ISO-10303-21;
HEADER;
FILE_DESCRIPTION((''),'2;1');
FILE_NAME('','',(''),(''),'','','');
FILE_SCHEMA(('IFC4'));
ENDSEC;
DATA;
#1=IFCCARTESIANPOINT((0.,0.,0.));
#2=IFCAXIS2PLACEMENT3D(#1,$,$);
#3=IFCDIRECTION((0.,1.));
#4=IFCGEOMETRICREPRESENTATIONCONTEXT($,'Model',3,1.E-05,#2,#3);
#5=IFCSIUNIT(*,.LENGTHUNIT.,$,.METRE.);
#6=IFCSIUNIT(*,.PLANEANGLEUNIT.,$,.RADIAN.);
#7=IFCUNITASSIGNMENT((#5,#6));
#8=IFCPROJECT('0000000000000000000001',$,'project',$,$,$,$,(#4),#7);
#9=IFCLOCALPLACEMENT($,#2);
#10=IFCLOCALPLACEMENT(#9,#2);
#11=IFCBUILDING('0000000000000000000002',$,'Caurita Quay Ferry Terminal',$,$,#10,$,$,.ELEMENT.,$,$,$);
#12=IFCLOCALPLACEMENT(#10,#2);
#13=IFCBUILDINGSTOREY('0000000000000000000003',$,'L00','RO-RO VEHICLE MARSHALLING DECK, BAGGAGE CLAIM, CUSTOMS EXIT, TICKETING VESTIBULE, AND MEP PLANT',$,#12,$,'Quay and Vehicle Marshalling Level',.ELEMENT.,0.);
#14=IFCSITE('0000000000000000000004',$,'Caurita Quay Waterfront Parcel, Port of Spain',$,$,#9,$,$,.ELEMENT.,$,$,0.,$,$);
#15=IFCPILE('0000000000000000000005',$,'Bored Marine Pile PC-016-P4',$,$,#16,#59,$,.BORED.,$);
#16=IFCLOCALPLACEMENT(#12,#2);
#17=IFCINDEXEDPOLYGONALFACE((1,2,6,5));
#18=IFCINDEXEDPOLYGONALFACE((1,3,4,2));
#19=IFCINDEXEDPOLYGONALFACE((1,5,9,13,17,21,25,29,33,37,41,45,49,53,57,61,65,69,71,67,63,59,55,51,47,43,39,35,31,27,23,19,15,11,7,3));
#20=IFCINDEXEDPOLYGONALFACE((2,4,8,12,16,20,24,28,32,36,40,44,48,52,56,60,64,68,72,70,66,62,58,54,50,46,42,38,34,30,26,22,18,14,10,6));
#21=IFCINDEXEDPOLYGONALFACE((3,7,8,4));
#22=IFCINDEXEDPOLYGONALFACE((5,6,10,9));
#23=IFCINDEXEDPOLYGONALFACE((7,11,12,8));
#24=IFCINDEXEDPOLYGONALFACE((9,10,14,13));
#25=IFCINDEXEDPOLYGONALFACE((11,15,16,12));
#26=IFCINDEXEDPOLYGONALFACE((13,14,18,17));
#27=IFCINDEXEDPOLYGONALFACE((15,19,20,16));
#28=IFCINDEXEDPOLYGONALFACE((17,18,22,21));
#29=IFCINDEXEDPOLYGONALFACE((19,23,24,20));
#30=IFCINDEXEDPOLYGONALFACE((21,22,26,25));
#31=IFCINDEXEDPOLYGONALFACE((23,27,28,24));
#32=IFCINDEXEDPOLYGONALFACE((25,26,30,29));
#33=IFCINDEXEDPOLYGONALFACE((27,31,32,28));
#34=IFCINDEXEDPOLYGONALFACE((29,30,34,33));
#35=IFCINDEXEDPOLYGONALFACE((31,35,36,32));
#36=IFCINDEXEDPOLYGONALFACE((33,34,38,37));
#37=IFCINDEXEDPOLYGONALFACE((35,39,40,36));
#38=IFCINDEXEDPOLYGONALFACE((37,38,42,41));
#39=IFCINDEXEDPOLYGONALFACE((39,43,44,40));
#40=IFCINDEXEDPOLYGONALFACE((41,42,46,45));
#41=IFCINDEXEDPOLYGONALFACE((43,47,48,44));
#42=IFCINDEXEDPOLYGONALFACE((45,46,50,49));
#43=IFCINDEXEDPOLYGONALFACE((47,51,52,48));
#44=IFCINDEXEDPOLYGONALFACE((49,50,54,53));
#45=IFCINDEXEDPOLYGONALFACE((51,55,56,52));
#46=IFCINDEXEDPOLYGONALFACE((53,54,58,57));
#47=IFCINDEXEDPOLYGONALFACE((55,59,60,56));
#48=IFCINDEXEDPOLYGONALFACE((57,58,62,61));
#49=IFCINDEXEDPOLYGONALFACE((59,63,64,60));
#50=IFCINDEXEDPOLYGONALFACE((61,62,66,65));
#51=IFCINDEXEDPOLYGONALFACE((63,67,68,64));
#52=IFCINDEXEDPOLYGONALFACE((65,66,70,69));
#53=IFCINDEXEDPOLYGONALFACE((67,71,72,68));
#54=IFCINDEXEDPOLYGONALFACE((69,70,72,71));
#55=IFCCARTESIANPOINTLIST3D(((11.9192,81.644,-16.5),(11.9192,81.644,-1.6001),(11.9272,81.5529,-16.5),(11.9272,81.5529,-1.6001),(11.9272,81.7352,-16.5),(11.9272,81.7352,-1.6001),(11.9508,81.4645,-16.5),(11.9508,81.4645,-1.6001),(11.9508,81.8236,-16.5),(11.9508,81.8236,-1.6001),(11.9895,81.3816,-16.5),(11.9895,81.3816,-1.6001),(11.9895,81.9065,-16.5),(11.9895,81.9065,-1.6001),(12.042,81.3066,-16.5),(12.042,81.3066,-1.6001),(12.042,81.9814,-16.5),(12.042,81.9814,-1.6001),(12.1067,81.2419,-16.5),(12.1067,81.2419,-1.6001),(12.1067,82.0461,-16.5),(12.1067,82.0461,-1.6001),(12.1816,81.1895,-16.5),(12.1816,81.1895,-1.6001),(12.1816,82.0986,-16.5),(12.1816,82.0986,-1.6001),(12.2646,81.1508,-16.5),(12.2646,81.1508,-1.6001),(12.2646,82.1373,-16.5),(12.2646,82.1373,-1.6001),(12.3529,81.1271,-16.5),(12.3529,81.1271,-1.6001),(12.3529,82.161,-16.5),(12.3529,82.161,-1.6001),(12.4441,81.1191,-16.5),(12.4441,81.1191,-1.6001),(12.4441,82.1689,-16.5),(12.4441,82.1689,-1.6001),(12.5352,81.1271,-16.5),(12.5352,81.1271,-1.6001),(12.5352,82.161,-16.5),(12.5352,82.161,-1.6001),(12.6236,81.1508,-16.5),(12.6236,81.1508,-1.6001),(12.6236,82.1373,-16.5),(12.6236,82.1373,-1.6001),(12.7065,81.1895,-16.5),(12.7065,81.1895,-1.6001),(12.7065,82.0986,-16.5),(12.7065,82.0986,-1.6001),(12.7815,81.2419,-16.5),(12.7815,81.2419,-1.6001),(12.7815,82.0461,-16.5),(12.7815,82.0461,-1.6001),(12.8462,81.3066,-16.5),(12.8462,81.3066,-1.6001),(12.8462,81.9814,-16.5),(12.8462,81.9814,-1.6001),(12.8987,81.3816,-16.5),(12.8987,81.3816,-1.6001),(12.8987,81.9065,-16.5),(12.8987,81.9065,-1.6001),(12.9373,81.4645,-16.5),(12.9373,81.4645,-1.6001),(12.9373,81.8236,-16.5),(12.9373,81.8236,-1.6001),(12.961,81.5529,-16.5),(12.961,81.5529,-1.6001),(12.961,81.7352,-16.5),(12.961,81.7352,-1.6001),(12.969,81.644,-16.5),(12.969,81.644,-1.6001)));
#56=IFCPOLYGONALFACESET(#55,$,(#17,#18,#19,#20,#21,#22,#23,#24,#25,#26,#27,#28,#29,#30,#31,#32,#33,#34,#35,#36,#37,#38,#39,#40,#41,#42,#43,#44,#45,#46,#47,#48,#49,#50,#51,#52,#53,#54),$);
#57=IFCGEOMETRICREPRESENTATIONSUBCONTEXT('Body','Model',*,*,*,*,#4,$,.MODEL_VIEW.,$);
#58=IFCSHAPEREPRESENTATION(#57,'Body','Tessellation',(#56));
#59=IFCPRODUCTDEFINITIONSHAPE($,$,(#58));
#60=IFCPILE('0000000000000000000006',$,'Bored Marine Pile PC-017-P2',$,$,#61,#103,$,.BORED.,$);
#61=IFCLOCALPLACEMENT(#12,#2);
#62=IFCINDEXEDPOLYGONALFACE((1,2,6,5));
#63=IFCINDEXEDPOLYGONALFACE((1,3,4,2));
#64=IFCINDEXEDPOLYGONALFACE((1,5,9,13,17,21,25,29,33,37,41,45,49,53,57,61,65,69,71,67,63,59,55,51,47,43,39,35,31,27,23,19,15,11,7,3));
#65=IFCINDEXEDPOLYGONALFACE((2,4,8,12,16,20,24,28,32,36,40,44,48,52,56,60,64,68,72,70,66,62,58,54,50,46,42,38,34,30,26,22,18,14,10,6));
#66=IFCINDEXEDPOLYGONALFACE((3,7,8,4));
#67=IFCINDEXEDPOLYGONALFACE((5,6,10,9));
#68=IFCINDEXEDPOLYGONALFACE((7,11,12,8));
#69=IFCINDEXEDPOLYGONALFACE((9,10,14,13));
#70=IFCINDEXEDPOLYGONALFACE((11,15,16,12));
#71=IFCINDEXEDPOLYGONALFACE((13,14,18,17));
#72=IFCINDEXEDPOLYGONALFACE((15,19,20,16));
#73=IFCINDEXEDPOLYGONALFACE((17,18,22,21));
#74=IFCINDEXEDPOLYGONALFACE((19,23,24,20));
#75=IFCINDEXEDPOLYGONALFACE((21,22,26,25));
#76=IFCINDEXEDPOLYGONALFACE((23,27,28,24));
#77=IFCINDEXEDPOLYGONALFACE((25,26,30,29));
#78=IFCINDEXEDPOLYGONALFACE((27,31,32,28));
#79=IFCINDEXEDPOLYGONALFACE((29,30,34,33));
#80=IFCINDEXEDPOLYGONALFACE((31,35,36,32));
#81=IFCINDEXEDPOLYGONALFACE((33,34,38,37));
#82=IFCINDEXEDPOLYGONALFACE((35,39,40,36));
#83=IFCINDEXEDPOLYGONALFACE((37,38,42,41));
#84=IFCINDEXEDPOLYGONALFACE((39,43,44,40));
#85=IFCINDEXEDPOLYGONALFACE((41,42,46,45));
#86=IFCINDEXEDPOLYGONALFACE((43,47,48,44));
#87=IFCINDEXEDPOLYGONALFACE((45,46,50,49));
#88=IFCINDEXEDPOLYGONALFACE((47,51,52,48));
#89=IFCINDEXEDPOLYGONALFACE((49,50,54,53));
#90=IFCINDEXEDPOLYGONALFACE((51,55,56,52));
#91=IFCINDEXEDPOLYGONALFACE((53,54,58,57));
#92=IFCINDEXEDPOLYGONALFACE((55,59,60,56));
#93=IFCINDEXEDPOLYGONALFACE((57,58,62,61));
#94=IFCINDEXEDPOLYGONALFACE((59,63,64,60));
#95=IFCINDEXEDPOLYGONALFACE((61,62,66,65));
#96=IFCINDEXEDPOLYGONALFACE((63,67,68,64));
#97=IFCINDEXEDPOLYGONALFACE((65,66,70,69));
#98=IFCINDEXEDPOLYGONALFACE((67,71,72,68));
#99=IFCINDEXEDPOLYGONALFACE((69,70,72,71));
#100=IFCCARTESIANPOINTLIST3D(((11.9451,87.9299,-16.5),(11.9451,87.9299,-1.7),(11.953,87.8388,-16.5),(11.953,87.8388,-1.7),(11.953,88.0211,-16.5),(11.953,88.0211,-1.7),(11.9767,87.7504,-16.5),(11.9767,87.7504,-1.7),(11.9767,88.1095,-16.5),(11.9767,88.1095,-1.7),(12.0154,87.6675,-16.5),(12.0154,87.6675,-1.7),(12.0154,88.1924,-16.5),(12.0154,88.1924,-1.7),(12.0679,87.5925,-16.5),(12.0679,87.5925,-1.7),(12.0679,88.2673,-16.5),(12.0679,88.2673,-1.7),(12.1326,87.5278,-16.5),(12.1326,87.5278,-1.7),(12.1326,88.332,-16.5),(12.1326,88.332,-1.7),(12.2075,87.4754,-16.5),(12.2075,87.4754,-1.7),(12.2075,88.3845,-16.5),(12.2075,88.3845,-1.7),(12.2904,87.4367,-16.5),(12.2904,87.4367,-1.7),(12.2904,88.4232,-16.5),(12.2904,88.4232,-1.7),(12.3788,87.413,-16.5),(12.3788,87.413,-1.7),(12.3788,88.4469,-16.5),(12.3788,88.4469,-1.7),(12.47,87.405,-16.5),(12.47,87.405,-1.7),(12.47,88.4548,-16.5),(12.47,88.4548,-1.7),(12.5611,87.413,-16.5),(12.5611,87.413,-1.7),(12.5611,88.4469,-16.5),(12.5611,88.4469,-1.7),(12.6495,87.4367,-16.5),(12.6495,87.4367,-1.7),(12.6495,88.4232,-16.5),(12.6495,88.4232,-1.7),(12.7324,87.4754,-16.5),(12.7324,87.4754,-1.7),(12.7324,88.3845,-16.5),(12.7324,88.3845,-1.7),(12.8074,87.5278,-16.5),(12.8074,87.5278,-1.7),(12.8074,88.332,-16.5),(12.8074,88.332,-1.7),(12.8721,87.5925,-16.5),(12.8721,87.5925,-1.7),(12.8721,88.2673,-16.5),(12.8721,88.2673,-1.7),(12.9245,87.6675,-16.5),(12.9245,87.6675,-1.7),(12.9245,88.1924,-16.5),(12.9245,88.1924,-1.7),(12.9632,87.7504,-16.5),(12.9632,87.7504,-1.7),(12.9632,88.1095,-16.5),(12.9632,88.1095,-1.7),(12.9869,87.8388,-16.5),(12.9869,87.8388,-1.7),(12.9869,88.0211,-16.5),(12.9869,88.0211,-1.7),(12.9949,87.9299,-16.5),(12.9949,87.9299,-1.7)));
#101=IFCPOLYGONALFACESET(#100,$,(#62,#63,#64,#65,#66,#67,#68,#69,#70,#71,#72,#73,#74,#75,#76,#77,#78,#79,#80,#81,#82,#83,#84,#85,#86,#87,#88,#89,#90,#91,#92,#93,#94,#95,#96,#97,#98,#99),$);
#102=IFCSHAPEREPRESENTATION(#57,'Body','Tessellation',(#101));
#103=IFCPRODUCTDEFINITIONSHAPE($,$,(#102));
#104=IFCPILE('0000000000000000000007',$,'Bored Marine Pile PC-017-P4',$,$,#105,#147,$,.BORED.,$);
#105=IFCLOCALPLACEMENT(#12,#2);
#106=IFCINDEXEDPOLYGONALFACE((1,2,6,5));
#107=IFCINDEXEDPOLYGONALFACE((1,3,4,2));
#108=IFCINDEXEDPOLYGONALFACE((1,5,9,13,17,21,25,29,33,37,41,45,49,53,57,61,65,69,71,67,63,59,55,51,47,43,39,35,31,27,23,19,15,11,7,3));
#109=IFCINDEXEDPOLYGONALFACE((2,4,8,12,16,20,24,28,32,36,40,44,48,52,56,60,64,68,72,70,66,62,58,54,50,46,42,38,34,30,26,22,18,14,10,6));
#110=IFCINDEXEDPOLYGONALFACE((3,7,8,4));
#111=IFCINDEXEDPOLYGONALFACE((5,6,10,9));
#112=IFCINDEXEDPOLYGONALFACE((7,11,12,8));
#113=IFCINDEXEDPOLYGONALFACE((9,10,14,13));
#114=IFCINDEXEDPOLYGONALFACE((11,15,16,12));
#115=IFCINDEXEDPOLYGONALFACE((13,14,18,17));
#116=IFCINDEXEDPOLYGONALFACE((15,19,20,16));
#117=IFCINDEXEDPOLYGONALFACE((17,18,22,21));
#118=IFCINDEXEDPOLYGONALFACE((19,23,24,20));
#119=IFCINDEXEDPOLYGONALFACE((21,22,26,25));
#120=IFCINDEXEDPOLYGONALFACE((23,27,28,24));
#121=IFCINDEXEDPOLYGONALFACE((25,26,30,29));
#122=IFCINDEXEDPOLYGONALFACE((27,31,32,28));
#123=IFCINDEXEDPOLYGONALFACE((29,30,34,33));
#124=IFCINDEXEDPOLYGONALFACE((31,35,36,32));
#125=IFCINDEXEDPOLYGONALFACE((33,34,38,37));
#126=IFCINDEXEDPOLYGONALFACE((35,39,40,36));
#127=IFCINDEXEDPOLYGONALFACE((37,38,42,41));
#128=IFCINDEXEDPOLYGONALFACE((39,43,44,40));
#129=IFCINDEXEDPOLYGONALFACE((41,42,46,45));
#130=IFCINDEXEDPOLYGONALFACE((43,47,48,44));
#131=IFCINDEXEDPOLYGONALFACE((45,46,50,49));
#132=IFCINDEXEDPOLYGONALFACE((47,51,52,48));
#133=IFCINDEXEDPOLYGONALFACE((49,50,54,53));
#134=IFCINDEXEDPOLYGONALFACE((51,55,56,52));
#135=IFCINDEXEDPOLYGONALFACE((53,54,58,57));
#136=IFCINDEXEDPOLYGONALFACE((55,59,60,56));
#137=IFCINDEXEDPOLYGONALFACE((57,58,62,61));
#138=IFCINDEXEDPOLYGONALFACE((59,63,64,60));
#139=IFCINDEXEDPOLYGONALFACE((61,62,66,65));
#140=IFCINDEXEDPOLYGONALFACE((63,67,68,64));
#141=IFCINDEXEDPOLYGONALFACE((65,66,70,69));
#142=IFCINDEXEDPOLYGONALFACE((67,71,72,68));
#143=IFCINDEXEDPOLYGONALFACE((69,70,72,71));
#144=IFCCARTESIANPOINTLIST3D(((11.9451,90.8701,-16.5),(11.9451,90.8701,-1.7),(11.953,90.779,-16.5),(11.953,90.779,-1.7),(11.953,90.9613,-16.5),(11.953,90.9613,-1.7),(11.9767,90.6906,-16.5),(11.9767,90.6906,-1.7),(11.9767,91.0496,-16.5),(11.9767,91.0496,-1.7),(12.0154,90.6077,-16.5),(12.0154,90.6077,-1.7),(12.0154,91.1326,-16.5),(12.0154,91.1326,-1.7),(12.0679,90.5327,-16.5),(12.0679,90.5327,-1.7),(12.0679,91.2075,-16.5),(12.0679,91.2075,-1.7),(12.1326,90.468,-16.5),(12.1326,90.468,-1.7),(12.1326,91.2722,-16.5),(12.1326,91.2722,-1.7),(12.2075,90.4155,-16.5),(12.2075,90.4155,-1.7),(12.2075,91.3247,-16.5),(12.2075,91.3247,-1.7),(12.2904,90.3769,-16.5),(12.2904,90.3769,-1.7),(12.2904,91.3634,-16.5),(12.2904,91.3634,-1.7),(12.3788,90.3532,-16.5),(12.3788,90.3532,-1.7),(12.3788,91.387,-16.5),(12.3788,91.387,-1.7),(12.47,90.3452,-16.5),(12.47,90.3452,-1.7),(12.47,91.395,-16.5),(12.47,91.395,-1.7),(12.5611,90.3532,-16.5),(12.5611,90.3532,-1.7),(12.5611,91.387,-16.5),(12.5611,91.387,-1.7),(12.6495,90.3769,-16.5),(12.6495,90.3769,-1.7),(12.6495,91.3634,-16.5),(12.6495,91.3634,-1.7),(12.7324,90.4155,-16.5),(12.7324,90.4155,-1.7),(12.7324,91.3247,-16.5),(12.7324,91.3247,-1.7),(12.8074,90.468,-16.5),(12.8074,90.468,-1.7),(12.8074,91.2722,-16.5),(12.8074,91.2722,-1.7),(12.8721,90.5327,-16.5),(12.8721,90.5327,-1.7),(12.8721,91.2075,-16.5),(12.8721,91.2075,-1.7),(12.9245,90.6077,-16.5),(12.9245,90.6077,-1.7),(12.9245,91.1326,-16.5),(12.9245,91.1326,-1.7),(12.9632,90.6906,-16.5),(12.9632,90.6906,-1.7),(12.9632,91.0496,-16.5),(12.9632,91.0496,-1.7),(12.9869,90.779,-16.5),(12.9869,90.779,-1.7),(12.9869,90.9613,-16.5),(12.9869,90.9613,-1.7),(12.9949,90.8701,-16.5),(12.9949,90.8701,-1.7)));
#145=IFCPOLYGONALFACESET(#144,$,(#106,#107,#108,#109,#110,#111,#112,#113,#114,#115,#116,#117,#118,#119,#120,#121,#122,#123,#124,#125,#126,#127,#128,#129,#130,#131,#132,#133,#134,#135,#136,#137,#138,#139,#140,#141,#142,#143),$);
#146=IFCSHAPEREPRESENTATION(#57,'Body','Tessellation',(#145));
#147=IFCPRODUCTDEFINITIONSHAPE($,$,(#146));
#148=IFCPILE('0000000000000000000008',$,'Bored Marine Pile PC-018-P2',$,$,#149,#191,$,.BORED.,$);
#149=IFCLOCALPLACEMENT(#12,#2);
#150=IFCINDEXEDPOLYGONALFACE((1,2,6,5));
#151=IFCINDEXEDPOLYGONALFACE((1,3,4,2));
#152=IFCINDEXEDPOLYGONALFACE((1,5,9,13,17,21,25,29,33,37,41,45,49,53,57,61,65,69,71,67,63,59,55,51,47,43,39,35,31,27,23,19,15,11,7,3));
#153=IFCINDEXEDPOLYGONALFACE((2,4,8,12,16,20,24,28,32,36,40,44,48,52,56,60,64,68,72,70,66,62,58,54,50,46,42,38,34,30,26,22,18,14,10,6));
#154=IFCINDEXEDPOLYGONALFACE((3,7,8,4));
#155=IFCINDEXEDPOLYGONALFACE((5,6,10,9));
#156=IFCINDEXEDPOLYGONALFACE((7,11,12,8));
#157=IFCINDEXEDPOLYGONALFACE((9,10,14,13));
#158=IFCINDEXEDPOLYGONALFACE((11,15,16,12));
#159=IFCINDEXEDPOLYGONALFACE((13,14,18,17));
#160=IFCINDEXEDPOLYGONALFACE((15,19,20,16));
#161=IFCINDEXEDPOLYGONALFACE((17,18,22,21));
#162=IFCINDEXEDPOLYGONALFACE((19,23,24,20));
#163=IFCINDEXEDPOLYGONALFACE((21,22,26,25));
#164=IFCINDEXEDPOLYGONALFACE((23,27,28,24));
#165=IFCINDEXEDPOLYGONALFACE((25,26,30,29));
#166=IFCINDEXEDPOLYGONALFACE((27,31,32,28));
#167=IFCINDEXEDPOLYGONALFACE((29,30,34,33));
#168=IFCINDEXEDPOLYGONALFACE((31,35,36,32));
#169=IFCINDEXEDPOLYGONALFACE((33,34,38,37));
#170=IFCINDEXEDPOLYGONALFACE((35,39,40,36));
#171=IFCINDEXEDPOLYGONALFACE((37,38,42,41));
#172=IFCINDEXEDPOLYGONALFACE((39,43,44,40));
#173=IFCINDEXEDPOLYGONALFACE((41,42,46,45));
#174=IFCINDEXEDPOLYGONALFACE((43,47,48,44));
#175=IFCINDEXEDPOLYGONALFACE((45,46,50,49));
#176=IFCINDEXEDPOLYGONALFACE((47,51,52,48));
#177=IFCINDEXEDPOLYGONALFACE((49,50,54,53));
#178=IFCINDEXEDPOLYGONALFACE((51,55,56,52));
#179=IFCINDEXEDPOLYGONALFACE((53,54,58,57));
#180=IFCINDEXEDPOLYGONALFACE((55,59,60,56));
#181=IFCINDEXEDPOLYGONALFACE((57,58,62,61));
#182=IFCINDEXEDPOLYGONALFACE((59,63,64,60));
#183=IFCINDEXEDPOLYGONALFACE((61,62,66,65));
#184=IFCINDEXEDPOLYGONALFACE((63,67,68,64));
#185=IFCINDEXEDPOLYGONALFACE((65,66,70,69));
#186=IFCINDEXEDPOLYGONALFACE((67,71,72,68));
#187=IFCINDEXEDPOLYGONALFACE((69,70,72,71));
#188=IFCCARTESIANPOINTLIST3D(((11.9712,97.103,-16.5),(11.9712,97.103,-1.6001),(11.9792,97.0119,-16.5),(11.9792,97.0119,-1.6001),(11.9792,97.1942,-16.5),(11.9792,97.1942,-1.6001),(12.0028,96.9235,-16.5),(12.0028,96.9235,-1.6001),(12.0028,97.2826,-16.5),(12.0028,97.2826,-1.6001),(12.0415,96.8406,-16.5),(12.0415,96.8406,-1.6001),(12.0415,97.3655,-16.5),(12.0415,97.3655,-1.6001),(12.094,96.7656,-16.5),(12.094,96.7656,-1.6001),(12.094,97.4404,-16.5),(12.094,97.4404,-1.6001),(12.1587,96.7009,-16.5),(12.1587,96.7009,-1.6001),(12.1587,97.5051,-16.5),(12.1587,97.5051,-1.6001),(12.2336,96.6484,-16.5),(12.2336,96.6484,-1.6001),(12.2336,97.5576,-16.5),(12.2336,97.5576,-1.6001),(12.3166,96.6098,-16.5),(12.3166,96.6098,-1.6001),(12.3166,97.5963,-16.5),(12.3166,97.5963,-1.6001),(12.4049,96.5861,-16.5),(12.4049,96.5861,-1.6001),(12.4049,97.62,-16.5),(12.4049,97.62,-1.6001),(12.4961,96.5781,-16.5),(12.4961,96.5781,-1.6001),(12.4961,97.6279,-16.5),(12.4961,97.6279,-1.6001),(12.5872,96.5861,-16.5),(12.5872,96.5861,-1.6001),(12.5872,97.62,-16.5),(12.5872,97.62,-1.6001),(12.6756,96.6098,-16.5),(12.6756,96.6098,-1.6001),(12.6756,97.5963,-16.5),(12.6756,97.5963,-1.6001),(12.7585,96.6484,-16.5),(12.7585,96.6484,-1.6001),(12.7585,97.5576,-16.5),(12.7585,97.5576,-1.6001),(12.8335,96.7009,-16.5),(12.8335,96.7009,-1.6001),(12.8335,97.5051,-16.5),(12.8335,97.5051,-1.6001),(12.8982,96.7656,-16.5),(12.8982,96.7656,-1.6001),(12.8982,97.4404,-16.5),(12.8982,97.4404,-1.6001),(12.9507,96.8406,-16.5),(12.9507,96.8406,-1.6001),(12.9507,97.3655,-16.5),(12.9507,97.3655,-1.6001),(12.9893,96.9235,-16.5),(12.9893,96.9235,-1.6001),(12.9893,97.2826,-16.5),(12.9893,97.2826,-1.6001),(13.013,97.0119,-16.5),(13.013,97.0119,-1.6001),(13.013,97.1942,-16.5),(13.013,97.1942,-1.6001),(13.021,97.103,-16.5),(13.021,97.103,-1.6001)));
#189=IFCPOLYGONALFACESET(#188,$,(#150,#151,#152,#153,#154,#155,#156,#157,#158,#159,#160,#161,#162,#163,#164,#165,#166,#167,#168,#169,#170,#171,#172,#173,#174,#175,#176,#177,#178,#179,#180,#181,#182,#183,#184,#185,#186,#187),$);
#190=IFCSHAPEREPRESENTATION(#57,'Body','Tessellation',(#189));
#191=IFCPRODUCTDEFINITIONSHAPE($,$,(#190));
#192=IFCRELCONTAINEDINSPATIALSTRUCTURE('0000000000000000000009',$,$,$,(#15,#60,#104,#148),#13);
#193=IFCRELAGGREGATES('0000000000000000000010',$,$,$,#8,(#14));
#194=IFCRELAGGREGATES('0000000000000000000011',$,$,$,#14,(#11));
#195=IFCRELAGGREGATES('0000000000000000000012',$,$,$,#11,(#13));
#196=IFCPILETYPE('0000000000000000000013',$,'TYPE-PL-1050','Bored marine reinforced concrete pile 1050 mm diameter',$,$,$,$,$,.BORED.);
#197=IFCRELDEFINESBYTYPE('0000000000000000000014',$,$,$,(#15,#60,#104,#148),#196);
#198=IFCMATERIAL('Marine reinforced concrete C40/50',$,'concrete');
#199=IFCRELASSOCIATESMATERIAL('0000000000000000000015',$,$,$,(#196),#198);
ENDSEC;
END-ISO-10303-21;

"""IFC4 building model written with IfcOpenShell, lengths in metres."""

from ifc_helpers import new_model, si_unit, direction, frame, origin, origin_2d, place, context, subcontext, project, spatial, circle, extrude, material, material_profile, profile_set, type_object, element, save


model = new_model("IFC4")

# Units and contexts
model_context = context("Model", 3, precision=1e-05, world=origin(), true_north=direction((0.0, 1.0)))
body_context = subcontext(model_context, "Body", "Model", "MODEL_VIEW")
ifc_project = project(units=[si_unit("LENGTHUNIT", "METRE"), si_unit("PLANEANGLEUNIT", "RADIAN")], contexts=[model_context])

# Site, building, storey
site_placement = place(None, origin())
site = spatial("IfcSite", under=ifc_project, at=site_placement, Name="Caurita Quay Waterfront Parcel, Port of Spain", CompositionType="ELEMENT", RefElevation=0.0)
building_placement = place(site_placement, origin())
building = spatial("IfcBuilding", under=site, at=building_placement, Name="Caurita Quay Ferry Terminal", CompositionType="ELEMENT")
storey_placement = place(building_placement, origin())
storey = spatial("IfcBuildingStorey", under=building, at=storey_placement, Name="L00", Description="RO-RO VEHICLE MARSHALLING DECK, BAGGAGE CLAIM, CUSTOMS EXIT, TICKETING VESTIBULE, AND MEP PLANT", LongName="Quay and Vehicle Marshalling Level", CompositionType="ELEMENT", Elevation=0.0)

# Piles
ifc_material_1 = material(Name="Marine reinforced concrete C40/50", Category="concrete")
ifc_material_profile_1 = material_profile(ifc_material_1, circle(Radius=0.5249, at=origin_2d()), Name="PILE-D1050")
ifc_profile_set_1 = profile_set([ifc_material_profile_1], Name="Marine reinforced concrete C40/50")
pile_type = type_object("IfcPileType", Name="TYPE-PL-1050", Description="Bored marine reinforced concrete pile 1050 mm diameter", PredefinedType="BORED", material=ifc_profile_set_1)
pile_1_placement = place(storey_placement, frame((12.4441, 81.644, -1.6001), z_axis=(0.0, 0.0, -1.0), x_axis=(1.0, 0.0, 0.0)))
element("IfcPile", 1, at=pile_1_placement, inside=storey, type_object=pile_type, Name="Bored Marine Pile PC-016-P4", PredefinedType="BORED", context=body_context, shape_type="SweptSolid", body=[
    extrude(circle(Radius=0.5249, at=origin_2d()), origin(), (0.0, 0.0, 1.0), 14.8999),
])
for number, where, z_axis, x_axis, name in (
    (2, (12.47, 87.9299, -1.7), (0.0, 0.0, -1.0), (1.0, 0.0, 0.0), "Bored Marine Pile PC-017-P2"),
    (3, (12.47, 90.8701, -1.7), (0.0, 0.0, -1.0), (1.0, 0.0, 0.0), "Bored Marine Pile PC-017-P4"),
):
    element("IfcPile", number, at=place(storey_placement, frame(where, z_axis=z_axis, x_axis=x_axis)), inside=storey, type_object=pile_type, Name=name, PredefinedType="BORED", context=body_context, shape_type="SweptSolid", body=[
        extrude(circle(Radius=0.5249, at=origin_2d()), origin(), (0.0, 0.0, 1.0), 14.8),
    ])
for number, where, z_axis, x_axis, name in (
    (4, (12.4961, 97.103, -1.6001), (0.0, 0.0, -1.0), (1.0, 0.0, 0.0), "Bored Marine Pile PC-018-P2"),
):
    element("IfcPile", number, at=place(storey_placement, frame(where, z_axis=z_axis, x_axis=x_axis)), inside=storey, type_object=pile_type, Name=name, PredefinedType="BORED", context=body_context, shape_type="SweptSolid", body=[
        extrude(circle(Radius=0.5249, at=origin_2d()), origin(), (0.0, 0.0, 1.0), 14.8999),
    ])

save(model, "model.ifc")
